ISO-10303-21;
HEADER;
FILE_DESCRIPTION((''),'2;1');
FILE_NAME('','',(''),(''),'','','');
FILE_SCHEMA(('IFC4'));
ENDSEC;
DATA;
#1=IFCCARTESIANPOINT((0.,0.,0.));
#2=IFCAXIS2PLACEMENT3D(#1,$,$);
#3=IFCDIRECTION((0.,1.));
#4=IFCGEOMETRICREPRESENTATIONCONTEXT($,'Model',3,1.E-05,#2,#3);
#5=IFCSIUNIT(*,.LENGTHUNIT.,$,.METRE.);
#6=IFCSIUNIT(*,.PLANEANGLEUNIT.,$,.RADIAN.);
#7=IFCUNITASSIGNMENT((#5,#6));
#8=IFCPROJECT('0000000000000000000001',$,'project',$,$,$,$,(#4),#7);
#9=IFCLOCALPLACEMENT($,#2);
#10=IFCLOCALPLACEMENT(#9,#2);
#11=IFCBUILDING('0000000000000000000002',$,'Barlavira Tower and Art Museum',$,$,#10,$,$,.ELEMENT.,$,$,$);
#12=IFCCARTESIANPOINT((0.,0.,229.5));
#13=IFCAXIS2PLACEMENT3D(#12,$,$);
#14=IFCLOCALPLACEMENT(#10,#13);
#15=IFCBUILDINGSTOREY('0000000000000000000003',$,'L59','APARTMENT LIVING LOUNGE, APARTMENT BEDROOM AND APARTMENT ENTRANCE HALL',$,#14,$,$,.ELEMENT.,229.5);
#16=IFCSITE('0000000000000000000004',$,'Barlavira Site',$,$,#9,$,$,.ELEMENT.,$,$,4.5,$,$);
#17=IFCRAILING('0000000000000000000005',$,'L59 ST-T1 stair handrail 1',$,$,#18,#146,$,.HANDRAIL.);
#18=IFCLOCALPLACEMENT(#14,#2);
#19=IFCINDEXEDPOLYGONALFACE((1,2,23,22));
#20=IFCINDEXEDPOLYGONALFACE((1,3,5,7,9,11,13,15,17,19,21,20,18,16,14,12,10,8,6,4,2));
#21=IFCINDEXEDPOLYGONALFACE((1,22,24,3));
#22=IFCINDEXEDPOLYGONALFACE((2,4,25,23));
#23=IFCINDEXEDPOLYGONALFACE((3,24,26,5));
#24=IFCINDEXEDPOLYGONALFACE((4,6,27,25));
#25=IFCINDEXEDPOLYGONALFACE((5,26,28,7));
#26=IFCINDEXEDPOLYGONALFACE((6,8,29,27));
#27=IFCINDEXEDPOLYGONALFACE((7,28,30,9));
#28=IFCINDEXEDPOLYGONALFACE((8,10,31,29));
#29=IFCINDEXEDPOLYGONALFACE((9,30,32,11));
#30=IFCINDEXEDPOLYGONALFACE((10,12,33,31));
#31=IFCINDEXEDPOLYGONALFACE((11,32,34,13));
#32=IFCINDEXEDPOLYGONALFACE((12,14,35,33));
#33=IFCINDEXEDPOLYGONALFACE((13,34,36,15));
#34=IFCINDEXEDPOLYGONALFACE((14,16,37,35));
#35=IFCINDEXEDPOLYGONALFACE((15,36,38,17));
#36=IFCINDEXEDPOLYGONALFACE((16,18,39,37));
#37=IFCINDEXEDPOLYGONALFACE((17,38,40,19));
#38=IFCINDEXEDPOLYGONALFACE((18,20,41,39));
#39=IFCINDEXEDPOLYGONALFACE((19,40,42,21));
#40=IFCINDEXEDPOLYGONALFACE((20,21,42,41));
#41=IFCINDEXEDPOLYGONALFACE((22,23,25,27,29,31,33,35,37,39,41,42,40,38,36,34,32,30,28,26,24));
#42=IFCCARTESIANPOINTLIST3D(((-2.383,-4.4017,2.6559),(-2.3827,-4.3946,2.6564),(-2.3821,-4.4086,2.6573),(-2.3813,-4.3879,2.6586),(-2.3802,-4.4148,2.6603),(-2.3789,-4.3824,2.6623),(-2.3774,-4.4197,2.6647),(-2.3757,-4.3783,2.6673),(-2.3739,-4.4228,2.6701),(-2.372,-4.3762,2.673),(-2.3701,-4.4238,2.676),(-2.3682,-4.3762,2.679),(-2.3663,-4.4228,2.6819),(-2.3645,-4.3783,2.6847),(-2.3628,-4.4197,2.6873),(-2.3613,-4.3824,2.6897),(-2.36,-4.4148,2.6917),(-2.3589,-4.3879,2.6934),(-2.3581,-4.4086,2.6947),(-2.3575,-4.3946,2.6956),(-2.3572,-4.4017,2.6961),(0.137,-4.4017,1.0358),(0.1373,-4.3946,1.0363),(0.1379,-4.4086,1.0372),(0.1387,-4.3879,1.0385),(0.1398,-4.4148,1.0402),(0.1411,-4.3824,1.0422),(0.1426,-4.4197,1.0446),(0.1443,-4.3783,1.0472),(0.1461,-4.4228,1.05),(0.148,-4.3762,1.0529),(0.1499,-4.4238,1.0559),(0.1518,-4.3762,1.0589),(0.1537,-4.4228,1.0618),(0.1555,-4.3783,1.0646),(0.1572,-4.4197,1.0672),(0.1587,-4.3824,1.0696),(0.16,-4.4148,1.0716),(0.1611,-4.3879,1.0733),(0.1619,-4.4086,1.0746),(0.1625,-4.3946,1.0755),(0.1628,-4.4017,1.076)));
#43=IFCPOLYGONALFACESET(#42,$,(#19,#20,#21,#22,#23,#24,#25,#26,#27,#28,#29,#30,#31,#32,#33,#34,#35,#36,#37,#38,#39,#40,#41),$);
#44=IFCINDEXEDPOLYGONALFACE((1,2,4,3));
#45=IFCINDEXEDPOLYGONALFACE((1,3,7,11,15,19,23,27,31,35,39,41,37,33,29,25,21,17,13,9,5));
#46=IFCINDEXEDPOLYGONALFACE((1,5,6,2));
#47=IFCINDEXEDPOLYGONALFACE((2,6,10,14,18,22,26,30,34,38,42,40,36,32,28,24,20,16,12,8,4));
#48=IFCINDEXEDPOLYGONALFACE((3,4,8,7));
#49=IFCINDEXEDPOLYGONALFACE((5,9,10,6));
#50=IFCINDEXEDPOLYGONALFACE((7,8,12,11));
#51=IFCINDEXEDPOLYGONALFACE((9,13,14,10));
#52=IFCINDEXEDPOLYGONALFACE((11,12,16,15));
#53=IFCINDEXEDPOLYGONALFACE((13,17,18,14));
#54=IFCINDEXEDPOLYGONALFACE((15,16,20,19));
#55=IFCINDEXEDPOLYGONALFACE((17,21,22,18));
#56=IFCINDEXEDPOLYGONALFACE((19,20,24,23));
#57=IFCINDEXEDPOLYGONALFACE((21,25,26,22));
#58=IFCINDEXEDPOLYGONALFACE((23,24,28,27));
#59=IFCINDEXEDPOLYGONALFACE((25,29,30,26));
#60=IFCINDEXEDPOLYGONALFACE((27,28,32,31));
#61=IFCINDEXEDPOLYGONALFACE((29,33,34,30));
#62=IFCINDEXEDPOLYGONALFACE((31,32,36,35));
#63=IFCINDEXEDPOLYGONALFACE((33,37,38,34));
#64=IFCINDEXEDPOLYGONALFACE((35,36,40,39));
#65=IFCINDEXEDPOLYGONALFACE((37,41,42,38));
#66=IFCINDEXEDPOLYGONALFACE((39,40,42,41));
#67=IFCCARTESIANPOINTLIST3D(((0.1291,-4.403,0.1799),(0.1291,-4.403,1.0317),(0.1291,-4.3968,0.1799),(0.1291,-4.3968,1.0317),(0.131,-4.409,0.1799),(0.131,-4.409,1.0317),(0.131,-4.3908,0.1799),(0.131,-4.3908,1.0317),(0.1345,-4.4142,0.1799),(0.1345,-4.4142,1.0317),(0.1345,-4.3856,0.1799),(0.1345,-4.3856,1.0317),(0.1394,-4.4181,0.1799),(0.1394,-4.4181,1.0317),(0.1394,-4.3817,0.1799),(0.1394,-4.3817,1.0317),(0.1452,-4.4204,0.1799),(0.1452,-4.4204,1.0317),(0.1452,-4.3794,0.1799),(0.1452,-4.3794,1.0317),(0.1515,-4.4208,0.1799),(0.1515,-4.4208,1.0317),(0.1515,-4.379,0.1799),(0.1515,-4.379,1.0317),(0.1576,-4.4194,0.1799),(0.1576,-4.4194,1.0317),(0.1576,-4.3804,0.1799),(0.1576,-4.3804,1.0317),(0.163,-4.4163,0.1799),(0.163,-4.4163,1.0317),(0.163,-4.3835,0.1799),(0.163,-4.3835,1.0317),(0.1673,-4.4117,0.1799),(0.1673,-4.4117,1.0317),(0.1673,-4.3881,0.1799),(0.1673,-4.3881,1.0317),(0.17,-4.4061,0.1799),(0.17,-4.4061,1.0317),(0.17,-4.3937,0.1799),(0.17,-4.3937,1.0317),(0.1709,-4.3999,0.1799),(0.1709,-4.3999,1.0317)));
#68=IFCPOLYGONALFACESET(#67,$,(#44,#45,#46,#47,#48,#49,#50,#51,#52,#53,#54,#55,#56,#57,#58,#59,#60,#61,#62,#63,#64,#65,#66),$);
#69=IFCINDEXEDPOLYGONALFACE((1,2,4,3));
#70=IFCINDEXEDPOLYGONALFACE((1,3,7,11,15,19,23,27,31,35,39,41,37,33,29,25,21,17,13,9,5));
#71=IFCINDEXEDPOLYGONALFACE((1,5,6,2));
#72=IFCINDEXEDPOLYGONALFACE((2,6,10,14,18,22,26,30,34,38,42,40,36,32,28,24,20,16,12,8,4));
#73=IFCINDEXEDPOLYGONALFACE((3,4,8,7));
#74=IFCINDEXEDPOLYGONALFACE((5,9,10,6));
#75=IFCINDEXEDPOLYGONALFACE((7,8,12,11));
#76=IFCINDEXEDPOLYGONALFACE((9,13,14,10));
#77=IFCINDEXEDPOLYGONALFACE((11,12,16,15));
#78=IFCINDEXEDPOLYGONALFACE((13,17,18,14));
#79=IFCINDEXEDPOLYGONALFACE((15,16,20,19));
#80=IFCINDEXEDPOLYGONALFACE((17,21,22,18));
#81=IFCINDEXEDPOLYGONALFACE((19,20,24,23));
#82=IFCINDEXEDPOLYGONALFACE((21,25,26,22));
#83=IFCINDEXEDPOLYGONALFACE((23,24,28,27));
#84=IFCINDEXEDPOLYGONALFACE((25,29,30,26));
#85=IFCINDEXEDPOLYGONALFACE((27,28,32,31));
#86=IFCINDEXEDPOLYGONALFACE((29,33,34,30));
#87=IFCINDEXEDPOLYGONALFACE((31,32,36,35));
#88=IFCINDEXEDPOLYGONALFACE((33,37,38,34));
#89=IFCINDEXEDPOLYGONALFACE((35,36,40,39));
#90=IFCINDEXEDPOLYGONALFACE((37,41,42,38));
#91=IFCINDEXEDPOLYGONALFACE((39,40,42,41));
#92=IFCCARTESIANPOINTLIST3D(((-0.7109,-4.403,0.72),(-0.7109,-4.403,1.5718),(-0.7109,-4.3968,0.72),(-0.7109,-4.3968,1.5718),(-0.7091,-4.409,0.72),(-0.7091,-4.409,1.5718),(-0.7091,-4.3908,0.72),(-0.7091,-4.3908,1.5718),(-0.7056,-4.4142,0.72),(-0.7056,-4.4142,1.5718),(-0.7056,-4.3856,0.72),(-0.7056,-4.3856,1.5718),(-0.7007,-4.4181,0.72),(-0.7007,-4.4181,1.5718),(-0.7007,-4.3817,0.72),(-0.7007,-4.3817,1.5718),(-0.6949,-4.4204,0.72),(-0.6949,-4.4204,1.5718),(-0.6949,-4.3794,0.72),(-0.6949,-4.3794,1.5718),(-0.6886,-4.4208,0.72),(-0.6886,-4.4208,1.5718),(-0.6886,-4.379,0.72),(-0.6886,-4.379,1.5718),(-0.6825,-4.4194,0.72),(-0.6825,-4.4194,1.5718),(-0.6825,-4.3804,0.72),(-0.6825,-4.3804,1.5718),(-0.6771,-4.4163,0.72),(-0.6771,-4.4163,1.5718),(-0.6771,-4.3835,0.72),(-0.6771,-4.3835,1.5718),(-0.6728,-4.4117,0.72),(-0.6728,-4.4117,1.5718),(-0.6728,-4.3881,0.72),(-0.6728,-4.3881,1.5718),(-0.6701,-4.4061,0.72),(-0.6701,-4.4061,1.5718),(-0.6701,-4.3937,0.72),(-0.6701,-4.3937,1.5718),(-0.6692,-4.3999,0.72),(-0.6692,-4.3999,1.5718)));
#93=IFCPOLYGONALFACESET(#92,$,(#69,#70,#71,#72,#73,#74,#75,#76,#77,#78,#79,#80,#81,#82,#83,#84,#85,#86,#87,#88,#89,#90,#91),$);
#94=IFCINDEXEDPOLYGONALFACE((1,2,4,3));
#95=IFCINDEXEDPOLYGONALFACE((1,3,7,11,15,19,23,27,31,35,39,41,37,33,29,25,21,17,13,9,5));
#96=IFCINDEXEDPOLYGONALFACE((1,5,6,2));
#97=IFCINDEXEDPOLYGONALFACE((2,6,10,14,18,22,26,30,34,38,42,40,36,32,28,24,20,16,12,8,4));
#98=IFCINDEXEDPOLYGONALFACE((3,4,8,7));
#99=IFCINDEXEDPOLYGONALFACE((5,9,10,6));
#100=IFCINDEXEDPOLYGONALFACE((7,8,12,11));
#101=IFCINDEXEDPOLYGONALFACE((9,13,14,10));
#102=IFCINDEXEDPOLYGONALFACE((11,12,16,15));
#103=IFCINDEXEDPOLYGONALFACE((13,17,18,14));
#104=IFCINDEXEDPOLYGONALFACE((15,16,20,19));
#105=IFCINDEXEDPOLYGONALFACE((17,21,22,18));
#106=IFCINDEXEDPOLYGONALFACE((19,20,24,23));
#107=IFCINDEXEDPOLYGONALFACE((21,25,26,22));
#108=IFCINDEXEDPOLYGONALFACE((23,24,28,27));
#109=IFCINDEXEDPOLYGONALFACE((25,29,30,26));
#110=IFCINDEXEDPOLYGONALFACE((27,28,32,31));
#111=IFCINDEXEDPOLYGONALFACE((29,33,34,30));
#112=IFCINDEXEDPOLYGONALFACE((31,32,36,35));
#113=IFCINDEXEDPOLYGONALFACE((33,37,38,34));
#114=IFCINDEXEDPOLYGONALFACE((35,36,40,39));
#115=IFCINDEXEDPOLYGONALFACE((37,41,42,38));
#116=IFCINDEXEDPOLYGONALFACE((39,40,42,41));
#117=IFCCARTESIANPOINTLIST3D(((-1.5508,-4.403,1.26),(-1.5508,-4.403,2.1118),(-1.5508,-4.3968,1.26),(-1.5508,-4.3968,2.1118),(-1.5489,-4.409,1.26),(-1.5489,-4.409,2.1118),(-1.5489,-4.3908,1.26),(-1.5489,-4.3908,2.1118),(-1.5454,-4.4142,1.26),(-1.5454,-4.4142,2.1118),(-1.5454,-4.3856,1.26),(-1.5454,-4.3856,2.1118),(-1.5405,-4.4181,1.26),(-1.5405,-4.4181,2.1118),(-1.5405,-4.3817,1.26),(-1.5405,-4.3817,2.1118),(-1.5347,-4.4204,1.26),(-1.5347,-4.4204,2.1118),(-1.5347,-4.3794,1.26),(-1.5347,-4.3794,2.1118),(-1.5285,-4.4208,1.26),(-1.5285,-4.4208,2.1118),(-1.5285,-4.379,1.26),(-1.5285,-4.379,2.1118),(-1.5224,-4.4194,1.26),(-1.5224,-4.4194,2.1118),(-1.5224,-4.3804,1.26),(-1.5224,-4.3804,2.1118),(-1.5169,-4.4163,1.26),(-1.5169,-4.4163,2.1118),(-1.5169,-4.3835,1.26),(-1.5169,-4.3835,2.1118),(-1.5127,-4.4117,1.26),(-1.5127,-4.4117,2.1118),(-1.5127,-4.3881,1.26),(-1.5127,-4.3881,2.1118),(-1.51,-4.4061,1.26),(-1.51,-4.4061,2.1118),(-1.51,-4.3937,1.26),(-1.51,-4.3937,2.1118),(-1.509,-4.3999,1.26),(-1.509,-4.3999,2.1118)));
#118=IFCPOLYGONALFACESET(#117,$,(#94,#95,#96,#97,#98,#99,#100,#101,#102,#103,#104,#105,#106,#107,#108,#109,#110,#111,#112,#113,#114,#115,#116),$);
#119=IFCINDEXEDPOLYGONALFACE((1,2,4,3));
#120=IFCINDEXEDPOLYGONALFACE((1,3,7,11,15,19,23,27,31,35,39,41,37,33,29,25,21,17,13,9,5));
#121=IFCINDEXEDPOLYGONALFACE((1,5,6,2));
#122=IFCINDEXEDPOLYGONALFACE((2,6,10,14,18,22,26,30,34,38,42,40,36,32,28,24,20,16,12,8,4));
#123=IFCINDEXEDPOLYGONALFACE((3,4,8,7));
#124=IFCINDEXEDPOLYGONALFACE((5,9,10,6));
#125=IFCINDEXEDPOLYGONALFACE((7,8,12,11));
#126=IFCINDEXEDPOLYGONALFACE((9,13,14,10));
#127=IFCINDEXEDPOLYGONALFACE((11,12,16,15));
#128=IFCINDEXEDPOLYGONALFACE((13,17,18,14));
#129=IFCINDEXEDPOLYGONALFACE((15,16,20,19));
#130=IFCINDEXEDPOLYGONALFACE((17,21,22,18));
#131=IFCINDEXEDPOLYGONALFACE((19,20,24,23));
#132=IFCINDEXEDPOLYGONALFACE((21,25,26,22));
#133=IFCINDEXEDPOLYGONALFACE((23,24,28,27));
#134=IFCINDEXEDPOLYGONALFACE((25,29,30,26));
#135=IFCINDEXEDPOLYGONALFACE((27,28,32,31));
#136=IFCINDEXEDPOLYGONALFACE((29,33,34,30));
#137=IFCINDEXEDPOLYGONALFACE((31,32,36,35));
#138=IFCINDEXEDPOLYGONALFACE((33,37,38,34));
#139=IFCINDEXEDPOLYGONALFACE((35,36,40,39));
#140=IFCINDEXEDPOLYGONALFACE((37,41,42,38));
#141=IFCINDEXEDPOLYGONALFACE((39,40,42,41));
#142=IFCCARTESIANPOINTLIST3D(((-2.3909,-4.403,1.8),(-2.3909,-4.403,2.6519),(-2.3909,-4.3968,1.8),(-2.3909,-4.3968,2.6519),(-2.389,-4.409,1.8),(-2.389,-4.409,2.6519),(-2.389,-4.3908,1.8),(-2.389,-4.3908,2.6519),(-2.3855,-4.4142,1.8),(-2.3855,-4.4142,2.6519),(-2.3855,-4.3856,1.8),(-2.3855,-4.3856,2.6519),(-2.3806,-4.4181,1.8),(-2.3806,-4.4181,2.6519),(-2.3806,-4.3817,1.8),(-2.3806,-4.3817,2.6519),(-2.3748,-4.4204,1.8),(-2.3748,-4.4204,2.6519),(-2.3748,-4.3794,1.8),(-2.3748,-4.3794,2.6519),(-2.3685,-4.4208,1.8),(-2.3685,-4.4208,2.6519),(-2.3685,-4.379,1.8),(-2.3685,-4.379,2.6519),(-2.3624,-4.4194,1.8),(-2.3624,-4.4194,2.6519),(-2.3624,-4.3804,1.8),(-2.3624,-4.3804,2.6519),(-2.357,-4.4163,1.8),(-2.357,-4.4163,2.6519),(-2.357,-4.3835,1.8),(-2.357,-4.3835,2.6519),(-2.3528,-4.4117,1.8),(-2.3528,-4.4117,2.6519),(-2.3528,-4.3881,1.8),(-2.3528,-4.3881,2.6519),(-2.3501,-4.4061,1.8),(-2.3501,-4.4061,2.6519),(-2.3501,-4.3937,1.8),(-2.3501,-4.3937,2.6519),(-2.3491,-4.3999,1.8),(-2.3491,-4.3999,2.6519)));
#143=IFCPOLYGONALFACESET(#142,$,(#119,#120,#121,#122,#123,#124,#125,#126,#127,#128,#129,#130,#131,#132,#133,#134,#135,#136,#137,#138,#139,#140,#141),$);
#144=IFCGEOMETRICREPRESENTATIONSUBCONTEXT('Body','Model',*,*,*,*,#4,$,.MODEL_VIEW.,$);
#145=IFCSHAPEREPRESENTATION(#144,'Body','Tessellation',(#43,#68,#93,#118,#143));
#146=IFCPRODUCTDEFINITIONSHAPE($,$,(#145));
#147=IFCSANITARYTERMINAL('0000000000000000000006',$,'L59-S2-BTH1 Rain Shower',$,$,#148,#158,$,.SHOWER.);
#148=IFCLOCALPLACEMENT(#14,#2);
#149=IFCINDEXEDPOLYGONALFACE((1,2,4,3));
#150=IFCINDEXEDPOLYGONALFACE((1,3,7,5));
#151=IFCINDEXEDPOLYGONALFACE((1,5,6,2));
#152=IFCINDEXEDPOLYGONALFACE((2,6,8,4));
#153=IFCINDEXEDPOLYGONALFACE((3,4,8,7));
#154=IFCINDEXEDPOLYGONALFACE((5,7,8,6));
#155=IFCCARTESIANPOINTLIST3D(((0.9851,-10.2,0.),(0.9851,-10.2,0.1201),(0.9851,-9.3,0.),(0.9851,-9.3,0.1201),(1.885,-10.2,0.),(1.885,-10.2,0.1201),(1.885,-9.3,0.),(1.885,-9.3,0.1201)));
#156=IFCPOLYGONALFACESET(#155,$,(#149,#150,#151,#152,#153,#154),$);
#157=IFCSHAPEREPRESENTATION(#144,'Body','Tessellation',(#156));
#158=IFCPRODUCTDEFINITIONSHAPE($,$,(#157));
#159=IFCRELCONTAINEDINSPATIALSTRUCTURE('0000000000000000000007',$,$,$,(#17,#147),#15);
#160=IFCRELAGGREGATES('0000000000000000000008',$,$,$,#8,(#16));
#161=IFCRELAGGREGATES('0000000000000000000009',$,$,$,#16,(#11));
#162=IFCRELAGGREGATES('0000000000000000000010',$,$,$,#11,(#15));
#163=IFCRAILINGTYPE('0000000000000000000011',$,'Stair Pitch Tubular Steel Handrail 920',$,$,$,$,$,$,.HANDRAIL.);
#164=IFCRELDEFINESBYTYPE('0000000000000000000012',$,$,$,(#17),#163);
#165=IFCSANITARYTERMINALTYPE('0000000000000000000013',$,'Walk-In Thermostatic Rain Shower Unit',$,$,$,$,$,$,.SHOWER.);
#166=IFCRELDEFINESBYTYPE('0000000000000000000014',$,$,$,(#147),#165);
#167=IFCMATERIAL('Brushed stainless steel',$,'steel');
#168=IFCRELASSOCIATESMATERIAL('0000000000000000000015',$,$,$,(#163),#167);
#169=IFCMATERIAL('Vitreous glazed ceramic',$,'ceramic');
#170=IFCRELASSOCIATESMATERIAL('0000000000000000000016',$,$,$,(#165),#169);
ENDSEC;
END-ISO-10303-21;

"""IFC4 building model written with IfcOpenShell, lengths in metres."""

from ifc_helpers import new_model, si_unit, direction, frame, origin, origin_2d, place, context, subcontext, project, spatial, rectangle, circle, extrude, material, type_object, element, save


model = new_model("IFC4")

# Units and contexts
model_context = context("Model", 3, precision=1e-05, world=origin(), true_north=direction((0.0, 1.0)))
body_context = subcontext(model_context, "Body", "Model", "MODEL_VIEW")
ifc_project = project(units=[si_unit("LENGTHUNIT", "METRE"), si_unit("PLANEANGLEUNIT", "RADIAN")], contexts=[model_context])

# Site, building, storey
site_placement = place(None, origin())
site = spatial("IfcSite", under=ifc_project, at=site_placement, Name="Barlavira Site", CompositionType="ELEMENT", RefElevation=4.5)
building_placement = place(site_placement, origin())
building = spatial("IfcBuilding", under=site, at=building_placement, Name="Barlavira Tower and Art Museum", CompositionType="ELEMENT")
storey_placement = place(building_placement, frame((0.0, 0.0, 229.5)))
storey = spatial("IfcBuildingStorey", under=building, at=storey_placement, Name="L59", Description="APARTMENT LIVING LOUNGE, APARTMENT BEDROOM AND APARTMENT ENTRANCE HALL", CompositionType="ELEMENT", Elevation=229.5)

# Shared definitions
ifc_material_1 = material(Name="Brushed stainless steel", Category="steel")

# Railing
railing_type_1 = type_object("IfcRailingType", Name="Stair Pitch Tubular Steel Handrail 920", PredefinedType="HANDRAIL", material=ifc_material_1)
railing_1_placement = place(storey_placement, frame((0.1499, -4.3999, 0.1799)))
element("IfcRailing", 1, at=railing_1_placement, inside=storey, type_object=railing_type_1, Name="L59 ST-T1 stair handrail 1", PredefinedType="HANDRAIL", context=body_context, shape_type="SweptSolid", body=[
    extrude(circle(Radius=0.0239, at=origin_2d()), frame((0.0, 0.0, 0.876), z_axis=(-0.841163, 0.0, 0.540782), x_axis=(0.0, -1.0, 0.0)), (0.0, 0.0, 1.0), 2.9958),
    extrude(circle(Radius=0.021, at=origin_2d()), origin(), (0.0, 0.0, 1.0), 0.8518),
    extrude(circle(Radius=0.021, at=origin_2d()), frame((-0.8401, 0.0, 0.54)), (0.0, 0.0, 1.0), 0.8518),
    extrude(circle(Radius=0.021, at=origin_2d()), frame((-1.6799, 0.0, 1.0801)), (0.0, 0.0, 1.0), 0.8518),
    extrude(circle(Radius=0.021, at=origin_2d()), frame((-2.52, 0.0, 1.6201)), (0.0, 0.0, 1.0), 0.8518),
])

# Sanitary terminal
ifc_material_2 = material(Name="Vitreous glazed ceramic", Category="ceramic")
sanitary_terminal_type = type_object("IfcSanitaryTerminalType", Name="Walk-In Thermostatic Rain Shower Unit", PredefinedType="SHOWER", material=ifc_material_2)
sanitary_terminal_placement = place(storey_placement, frame((1.4351, -9.75, 0.0), z_axis=(0.0, 0.0, 1.0), x_axis=(1.0, 0.0, 0.0)))
element("IfcSanitaryTerminal", 2, at=sanitary_terminal_placement, inside=storey, type_object=sanitary_terminal_type, Name="L59-S2-BTH1 Rain Shower", PredefinedType="SHOWER", context=body_context, shape_type="SweptSolid", body=[
    extrude(rectangle(XDim=0.8999, YDim=0.8999, at=origin_2d()), origin(), (0.0, 0.0, 1.0), 0.1201),
])

save(model, "model.ifc")
